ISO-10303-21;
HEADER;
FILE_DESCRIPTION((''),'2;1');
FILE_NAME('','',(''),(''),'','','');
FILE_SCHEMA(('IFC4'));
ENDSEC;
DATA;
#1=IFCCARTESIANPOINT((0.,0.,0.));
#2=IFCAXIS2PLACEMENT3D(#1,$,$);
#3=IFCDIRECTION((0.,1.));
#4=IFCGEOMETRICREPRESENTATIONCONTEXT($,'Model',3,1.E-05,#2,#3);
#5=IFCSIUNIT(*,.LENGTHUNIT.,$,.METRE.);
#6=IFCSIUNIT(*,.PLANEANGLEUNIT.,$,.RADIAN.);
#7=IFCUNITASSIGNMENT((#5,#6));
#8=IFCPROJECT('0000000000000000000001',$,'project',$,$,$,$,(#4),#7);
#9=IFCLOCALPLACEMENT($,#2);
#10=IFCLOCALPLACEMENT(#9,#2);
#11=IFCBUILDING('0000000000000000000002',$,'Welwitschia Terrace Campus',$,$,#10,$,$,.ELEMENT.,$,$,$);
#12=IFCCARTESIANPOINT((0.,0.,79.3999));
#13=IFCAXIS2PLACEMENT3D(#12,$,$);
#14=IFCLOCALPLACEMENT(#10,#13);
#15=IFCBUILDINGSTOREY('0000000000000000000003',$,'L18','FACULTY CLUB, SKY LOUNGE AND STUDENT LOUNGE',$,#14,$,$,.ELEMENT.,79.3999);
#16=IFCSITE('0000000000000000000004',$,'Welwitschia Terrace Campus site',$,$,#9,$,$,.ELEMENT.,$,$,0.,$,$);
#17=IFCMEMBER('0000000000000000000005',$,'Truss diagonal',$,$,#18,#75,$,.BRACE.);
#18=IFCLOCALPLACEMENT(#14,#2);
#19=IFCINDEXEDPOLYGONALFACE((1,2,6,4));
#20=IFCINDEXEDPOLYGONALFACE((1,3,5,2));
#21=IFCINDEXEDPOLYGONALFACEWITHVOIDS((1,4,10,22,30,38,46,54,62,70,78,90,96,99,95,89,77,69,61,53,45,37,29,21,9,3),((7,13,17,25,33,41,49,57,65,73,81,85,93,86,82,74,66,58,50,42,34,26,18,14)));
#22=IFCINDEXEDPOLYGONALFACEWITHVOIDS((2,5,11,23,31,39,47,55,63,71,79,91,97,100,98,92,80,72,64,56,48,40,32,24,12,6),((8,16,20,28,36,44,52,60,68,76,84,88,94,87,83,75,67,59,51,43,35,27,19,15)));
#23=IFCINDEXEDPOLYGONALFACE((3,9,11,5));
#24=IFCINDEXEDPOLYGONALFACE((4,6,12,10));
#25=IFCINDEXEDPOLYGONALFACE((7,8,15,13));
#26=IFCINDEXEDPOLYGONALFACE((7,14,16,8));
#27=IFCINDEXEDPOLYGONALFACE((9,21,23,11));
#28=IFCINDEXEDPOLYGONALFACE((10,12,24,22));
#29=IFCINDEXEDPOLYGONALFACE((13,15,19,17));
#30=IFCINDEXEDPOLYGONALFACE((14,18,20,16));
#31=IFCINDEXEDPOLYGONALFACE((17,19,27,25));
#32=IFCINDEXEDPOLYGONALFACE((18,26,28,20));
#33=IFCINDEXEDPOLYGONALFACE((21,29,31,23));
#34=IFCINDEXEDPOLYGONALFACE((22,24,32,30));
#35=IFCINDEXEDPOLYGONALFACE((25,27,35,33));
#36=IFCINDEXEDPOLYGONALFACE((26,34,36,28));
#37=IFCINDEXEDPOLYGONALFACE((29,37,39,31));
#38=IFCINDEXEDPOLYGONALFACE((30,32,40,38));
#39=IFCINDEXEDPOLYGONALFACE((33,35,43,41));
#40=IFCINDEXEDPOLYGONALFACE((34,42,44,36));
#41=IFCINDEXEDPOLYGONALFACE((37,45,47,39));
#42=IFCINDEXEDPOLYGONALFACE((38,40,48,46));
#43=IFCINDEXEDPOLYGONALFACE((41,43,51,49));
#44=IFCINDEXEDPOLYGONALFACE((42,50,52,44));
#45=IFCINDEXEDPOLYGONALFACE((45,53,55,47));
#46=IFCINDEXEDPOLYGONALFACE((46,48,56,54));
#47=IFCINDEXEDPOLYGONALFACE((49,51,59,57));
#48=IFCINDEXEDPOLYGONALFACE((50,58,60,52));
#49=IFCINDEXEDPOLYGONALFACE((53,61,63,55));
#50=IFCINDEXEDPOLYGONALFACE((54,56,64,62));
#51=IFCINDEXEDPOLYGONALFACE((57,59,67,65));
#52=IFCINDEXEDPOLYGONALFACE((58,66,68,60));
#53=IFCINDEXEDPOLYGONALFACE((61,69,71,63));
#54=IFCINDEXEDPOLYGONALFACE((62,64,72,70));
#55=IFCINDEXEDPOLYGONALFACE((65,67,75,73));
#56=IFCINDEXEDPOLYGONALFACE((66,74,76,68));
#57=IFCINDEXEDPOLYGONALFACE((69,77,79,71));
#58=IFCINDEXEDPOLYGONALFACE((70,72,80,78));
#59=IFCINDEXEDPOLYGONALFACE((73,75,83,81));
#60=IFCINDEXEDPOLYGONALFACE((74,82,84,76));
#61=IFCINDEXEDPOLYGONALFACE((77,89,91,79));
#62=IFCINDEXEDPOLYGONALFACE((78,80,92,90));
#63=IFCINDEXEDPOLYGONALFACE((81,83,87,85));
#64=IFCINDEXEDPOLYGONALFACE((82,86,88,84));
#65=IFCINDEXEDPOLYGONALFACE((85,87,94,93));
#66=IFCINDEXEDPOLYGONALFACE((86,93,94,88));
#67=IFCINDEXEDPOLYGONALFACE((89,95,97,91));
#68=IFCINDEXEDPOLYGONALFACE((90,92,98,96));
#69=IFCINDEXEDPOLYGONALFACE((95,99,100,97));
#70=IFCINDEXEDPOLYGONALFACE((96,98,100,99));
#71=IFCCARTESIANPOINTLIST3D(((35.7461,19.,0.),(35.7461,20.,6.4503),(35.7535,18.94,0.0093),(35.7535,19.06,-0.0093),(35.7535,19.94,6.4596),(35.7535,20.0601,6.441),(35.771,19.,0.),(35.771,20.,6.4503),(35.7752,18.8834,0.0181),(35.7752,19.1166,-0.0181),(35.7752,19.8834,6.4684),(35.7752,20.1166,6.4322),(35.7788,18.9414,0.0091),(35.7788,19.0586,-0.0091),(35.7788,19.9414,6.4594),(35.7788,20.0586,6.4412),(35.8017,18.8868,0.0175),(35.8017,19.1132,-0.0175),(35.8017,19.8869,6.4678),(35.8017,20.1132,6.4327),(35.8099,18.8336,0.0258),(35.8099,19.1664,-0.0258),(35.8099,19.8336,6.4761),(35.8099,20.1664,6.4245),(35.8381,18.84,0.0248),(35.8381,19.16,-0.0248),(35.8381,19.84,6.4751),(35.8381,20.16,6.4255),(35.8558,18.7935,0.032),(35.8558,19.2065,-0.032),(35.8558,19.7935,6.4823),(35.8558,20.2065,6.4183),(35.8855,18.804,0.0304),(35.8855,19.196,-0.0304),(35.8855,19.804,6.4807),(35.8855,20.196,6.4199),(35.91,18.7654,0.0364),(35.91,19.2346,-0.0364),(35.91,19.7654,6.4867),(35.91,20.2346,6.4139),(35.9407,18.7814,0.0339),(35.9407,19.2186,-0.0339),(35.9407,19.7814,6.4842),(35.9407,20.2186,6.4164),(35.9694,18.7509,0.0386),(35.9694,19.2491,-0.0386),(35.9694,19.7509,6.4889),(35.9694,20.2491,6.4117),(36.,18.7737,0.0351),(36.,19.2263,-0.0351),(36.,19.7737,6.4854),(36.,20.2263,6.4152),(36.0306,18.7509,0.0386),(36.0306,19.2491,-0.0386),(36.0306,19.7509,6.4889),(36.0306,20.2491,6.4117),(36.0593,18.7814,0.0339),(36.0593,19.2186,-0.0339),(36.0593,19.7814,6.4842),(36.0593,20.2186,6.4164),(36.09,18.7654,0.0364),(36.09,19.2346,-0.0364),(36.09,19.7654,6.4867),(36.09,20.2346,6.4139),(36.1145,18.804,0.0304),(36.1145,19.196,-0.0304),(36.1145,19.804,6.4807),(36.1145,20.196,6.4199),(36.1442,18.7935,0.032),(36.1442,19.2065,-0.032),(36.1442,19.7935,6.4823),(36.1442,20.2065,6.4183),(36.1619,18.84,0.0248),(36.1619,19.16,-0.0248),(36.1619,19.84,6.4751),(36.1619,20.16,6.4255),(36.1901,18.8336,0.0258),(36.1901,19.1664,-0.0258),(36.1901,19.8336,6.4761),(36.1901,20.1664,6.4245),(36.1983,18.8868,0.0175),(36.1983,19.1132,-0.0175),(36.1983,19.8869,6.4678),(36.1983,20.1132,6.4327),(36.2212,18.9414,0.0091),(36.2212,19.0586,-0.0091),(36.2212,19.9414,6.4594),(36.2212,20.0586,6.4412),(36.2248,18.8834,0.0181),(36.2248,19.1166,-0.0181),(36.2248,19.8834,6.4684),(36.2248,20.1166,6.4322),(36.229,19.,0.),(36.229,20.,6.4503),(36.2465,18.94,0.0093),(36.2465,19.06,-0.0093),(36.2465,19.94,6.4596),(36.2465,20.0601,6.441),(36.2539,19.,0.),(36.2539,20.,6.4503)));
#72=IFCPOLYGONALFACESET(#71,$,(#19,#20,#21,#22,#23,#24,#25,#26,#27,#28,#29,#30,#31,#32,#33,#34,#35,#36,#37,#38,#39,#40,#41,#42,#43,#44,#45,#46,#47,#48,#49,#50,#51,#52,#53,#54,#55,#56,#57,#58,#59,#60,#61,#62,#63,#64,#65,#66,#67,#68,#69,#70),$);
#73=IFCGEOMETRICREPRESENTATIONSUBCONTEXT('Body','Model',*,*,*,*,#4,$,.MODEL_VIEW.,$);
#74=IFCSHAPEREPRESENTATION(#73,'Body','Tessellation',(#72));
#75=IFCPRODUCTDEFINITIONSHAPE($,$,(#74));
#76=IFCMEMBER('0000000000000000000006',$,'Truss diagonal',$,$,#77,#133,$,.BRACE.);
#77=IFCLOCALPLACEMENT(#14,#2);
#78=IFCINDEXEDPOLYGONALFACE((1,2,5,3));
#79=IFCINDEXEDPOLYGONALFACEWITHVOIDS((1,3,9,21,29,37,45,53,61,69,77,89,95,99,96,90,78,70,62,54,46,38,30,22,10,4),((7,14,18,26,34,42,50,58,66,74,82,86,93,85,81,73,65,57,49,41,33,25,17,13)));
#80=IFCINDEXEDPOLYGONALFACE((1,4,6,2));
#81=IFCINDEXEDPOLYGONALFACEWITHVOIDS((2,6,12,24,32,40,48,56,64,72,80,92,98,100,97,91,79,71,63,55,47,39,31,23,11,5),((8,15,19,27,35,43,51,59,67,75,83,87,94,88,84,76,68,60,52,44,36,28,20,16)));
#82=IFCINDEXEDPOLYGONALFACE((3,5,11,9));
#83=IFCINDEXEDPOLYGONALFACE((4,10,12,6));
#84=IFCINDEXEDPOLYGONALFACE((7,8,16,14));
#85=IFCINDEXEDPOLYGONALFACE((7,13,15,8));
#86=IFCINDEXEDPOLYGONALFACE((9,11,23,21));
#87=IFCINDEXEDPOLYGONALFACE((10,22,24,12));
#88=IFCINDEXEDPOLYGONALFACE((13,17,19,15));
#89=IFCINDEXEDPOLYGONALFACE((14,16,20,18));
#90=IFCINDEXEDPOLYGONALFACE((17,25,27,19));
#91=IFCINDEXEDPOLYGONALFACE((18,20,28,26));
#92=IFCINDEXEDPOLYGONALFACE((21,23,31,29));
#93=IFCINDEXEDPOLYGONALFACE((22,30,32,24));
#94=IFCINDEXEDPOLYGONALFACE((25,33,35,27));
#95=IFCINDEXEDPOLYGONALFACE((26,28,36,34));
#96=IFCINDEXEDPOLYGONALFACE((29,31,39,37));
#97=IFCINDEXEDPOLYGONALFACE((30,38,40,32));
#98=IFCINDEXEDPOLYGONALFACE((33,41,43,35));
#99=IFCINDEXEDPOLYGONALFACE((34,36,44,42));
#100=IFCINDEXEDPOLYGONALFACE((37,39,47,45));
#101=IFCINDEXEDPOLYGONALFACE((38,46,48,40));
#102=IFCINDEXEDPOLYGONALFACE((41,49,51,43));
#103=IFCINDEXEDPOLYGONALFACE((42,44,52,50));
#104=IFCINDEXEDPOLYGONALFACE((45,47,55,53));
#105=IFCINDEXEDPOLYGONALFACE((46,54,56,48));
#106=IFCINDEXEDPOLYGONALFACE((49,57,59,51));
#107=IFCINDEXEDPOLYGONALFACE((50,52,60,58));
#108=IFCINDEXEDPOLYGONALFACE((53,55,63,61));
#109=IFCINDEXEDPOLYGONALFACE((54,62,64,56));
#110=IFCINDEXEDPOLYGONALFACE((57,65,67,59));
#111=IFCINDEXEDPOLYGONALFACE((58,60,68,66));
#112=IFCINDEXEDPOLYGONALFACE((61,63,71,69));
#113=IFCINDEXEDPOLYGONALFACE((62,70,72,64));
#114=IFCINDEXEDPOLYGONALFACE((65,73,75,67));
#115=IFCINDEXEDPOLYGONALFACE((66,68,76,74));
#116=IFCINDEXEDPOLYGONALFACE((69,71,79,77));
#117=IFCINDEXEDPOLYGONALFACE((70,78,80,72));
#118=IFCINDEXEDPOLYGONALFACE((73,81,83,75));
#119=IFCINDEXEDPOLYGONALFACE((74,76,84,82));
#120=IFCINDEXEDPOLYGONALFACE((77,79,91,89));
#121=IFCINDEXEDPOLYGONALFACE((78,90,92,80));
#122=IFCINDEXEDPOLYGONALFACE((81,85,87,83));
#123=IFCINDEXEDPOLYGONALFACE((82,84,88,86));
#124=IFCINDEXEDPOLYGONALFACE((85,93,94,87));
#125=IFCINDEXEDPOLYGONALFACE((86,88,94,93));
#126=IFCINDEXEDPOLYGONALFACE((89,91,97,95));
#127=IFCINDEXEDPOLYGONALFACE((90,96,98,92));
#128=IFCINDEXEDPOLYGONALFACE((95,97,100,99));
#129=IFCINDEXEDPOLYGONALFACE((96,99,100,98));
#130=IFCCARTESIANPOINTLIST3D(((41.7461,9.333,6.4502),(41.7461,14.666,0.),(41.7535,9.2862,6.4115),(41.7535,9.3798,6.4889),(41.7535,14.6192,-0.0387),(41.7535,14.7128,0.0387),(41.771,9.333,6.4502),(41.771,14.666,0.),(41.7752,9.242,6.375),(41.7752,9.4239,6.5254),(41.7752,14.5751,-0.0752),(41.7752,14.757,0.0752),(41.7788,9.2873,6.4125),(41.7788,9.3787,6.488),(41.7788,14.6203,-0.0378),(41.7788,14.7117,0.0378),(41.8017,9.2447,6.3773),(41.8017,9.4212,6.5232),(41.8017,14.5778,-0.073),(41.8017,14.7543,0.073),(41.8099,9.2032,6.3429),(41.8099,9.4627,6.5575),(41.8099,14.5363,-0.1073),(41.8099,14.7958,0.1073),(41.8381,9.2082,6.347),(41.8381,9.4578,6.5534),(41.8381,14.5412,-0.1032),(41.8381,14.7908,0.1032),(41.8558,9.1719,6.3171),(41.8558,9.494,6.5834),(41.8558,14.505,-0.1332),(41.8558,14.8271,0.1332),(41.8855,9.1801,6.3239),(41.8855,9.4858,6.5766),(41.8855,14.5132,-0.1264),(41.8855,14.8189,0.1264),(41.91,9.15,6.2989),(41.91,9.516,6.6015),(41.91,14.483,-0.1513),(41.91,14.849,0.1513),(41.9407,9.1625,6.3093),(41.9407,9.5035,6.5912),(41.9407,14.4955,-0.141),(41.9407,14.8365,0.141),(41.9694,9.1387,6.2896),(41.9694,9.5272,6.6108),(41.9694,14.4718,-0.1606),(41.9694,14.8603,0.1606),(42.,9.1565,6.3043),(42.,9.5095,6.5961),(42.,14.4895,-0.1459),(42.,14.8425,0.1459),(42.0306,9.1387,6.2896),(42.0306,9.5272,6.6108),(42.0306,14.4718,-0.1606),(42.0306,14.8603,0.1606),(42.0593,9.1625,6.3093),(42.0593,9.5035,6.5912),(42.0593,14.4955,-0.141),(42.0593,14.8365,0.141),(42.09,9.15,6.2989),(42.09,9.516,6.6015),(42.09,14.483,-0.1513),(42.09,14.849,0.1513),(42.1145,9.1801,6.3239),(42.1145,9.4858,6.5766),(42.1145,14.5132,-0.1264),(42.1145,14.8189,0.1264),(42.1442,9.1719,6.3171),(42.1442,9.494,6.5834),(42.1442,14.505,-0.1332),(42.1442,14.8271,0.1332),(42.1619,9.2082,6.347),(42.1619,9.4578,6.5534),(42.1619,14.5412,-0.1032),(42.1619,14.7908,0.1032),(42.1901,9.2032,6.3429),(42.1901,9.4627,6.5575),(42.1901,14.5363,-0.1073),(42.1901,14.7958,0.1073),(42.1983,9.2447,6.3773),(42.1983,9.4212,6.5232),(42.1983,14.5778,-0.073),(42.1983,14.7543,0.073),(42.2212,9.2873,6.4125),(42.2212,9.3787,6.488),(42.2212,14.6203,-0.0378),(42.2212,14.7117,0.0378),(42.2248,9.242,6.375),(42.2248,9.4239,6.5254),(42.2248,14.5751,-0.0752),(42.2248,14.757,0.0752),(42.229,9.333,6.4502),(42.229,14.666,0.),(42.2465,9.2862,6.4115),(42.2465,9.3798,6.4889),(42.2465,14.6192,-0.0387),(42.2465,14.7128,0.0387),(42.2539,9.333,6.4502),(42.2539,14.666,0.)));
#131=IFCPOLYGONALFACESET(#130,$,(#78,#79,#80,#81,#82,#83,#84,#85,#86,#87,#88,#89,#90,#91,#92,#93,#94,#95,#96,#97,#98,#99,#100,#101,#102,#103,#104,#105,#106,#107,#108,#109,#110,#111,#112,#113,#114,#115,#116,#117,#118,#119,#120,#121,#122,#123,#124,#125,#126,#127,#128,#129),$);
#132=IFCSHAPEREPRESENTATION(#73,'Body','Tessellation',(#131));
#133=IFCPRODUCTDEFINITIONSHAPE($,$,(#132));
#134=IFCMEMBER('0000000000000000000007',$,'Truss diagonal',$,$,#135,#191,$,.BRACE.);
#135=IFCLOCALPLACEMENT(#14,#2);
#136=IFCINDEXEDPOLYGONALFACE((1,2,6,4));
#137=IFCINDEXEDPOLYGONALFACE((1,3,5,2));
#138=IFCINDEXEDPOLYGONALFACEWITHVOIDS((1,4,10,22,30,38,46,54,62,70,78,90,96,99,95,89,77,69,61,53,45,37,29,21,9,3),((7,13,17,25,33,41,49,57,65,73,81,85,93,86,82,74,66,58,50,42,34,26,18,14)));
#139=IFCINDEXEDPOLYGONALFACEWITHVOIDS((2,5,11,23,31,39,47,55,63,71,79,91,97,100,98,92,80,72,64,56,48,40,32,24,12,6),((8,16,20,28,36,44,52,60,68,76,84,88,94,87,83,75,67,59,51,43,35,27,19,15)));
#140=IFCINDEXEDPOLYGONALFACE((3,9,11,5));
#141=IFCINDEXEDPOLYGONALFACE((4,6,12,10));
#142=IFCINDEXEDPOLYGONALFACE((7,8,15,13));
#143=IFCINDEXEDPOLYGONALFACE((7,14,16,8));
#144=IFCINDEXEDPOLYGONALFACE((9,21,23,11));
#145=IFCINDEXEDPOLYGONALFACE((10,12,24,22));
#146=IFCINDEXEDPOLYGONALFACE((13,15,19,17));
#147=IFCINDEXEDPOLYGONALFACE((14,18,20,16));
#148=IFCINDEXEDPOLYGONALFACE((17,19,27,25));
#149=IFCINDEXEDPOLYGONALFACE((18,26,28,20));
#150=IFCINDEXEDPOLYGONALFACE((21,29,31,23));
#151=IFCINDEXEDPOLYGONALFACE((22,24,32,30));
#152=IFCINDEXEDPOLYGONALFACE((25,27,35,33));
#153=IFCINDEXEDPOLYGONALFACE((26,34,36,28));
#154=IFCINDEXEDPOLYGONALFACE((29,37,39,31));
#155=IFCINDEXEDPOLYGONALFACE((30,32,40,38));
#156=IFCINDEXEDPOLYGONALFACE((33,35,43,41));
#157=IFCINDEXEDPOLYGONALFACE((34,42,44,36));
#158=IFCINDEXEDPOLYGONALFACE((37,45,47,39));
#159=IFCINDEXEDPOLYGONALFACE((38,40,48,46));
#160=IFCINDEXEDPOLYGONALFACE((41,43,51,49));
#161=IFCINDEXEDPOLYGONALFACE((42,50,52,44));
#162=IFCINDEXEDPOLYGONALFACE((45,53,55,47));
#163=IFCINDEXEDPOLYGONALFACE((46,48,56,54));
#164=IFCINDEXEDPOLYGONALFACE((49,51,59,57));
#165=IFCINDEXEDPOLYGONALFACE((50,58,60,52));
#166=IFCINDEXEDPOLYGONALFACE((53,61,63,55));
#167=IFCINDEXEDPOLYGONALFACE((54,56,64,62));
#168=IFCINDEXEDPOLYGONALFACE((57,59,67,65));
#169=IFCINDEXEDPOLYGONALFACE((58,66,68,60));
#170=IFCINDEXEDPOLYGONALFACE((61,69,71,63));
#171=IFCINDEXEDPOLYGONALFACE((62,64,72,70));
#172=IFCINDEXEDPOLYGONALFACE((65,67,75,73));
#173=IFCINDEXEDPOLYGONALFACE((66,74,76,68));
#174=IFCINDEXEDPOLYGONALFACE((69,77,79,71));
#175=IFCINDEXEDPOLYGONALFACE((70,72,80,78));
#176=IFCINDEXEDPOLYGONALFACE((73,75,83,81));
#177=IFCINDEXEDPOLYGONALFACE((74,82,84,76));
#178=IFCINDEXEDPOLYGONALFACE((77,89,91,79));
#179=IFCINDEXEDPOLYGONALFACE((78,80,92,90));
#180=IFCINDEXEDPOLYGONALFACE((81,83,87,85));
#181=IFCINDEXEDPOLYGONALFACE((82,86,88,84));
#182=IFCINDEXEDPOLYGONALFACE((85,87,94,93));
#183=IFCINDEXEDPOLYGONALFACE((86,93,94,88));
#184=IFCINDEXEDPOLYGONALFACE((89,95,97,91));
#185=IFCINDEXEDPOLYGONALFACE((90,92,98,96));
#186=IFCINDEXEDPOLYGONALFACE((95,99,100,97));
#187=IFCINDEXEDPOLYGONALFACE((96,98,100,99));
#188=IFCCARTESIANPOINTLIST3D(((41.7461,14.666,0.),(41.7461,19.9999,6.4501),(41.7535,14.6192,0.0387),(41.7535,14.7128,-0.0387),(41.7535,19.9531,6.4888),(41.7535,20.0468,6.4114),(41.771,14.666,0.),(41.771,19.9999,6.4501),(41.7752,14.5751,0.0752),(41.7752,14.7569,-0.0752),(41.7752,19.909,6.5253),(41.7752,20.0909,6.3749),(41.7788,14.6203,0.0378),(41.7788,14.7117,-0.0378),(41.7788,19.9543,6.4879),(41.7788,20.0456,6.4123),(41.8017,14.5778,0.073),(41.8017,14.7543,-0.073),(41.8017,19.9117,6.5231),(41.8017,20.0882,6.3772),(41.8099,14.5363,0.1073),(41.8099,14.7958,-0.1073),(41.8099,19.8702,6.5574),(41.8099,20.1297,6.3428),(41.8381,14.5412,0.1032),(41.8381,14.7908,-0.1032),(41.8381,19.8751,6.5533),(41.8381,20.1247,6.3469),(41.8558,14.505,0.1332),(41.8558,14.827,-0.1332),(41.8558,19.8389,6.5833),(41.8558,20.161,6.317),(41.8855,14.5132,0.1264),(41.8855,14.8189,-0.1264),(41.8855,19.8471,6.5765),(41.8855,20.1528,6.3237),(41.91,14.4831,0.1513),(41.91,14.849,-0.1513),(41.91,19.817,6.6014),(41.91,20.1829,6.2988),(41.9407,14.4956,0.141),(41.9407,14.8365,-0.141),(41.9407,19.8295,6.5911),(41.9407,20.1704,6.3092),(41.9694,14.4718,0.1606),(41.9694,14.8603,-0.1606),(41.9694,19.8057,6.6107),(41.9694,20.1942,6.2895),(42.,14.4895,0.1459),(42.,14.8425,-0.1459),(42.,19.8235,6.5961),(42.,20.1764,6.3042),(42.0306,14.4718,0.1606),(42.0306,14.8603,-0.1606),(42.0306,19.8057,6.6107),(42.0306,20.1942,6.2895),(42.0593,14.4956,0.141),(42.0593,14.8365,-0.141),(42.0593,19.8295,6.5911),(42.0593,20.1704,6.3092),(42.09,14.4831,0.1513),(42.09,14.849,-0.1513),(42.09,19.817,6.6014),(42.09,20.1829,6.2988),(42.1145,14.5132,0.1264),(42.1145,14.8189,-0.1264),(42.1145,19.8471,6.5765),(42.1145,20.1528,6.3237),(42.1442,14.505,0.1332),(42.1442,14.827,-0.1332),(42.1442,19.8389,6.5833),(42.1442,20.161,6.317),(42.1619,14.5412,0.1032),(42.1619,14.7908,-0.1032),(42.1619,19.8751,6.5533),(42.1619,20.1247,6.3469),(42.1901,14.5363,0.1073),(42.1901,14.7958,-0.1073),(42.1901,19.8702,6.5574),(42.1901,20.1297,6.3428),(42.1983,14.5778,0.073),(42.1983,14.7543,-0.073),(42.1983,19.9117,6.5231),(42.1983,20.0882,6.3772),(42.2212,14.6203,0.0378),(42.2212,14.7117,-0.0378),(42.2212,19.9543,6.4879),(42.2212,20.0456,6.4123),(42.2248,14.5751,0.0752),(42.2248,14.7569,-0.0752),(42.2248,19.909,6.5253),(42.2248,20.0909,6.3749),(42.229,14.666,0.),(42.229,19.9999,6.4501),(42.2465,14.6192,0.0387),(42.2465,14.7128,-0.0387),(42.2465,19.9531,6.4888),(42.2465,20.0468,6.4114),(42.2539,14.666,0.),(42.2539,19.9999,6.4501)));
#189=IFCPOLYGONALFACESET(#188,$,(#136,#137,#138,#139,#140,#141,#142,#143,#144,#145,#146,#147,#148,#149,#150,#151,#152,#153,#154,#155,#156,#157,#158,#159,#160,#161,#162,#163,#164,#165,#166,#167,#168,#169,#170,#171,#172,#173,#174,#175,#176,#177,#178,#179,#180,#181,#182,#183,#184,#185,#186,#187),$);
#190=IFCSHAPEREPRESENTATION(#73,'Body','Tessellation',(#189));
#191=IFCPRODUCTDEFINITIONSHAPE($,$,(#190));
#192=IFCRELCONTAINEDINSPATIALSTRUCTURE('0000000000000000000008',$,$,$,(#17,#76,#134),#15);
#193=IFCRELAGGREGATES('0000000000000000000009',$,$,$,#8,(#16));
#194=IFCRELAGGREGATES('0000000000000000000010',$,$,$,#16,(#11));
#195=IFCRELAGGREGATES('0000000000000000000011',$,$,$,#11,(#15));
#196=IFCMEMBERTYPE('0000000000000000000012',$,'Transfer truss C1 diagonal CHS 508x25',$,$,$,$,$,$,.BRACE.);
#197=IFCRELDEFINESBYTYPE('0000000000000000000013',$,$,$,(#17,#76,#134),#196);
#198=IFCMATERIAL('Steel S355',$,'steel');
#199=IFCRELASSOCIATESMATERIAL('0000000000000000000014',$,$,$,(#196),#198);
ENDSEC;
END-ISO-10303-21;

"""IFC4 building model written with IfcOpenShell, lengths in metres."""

from ifc_helpers import new_model, si_unit, direction, frame, origin, origin_2d, place, context, subcontext, project, spatial, hollow_circle, extrude, material, material_profile, profile_set, type_object, element, save


model = new_model("IFC4")

# Units and contexts
model_context = context("Model", 3, precision=1e-05, world=origin(), true_north=direction((0.0, 1.0)))
body_context = subcontext(model_context, "Body", "Model", "MODEL_VIEW")
ifc_project = project(units=[si_unit("LENGTHUNIT", "METRE"), si_unit("PLANEANGLEUNIT", "RADIAN")], contexts=[model_context])

# Site, building, storey
site_placement = place(None, origin())
site = spatial("IfcSite", under=ifc_project, at=site_placement, Name="Welwitschia Terrace Campus site", CompositionType="ELEMENT", RefElevation=0.0)
building_placement = place(site_placement, origin())
building = spatial("IfcBuilding", under=site, at=building_placement, Name="Welwitschia Terrace Campus", CompositionType="ELEMENT")
storey_placement = place(building_placement, frame((0.0, 0.0, 79.3999)))
storey = spatial("IfcBuildingStorey", under=building, at=storey_placement, Name="L18", Description="FACULTY CLUB, SKY LOUNGE AND STUDENT LOUNGE", CompositionType="ELEMENT", Elevation=79.3999)

# Members
ifc_material_1 = material(Name="Steel S355", Category="steel")
ifc_material_profile_1 = material_profile(ifc_material_1, hollow_circle(Radius=0.2539, WallThickness=0.0249, at=origin_2d()))
ifc_profile_set_1 = profile_set([ifc_material_profile_1], Name="Steel S355")
member_type_1 = type_object("IfcMemberType", Name="Transfer truss C1 diagonal CHS 508x25", PredefinedType="BRACE", material=ifc_profile_set_1)
member_1_placement = place(storey_placement, frame((36.0, 19.0, 0.0), z_axis=(0.0, 0.153204, 0.988195), x_axis=(-1.0, 0.0, 0.0)))
element("IfcMember", 1, at=member_1_placement, inside=storey, type_object=member_type_1, Name="Truss diagonal", PredefinedType="BRACE", context=body_context, shape_type="SweptSolid", body=[
    extrude(hollow_circle(Radius=0.2539, WallThickness=0.0249, at=origin_2d()), origin(), (0.0, 0.0, 1.0), 6.5273),
])
member_2_placement = place(storey_placement, frame((42.0, 14.666, 0.0), z_axis=(0.0, -0.637207, 0.770693), x_axis=(1.0, 0.0, 0.0)))
element("IfcMember", 2, at=member_2_placement, inside=storey, type_object=member_type_1, Name="Truss diagonal", PredefinedType="BRACE", context=body_context, shape_type="SweptSolid", body=[
    extrude(hollow_circle(Radius=0.2539, WallThickness=0.0249, at=origin_2d()), origin(), (0.0, 0.0, 1.0), 8.3694),
])
member_3_placement = place(storey_placement, frame((42.0, 14.666, 0.0), z_axis=(0.0, 0.637276, 0.770635), x_axis=(-1.0, 0.0, 0.0)))
element("IfcMember", 3, at=member_3_placement, inside=storey, type_object=member_type_1, Name="Truss diagonal", PredefinedType="BRACE", context=body_context, shape_type="SweptSolid", body=[
    extrude(hollow_circle(Radius=0.2539, WallThickness=0.0249, at=origin_2d()), origin(), (0.0, 0.0, 1.0), 8.3699),
])

save(model, "model.ifc")
